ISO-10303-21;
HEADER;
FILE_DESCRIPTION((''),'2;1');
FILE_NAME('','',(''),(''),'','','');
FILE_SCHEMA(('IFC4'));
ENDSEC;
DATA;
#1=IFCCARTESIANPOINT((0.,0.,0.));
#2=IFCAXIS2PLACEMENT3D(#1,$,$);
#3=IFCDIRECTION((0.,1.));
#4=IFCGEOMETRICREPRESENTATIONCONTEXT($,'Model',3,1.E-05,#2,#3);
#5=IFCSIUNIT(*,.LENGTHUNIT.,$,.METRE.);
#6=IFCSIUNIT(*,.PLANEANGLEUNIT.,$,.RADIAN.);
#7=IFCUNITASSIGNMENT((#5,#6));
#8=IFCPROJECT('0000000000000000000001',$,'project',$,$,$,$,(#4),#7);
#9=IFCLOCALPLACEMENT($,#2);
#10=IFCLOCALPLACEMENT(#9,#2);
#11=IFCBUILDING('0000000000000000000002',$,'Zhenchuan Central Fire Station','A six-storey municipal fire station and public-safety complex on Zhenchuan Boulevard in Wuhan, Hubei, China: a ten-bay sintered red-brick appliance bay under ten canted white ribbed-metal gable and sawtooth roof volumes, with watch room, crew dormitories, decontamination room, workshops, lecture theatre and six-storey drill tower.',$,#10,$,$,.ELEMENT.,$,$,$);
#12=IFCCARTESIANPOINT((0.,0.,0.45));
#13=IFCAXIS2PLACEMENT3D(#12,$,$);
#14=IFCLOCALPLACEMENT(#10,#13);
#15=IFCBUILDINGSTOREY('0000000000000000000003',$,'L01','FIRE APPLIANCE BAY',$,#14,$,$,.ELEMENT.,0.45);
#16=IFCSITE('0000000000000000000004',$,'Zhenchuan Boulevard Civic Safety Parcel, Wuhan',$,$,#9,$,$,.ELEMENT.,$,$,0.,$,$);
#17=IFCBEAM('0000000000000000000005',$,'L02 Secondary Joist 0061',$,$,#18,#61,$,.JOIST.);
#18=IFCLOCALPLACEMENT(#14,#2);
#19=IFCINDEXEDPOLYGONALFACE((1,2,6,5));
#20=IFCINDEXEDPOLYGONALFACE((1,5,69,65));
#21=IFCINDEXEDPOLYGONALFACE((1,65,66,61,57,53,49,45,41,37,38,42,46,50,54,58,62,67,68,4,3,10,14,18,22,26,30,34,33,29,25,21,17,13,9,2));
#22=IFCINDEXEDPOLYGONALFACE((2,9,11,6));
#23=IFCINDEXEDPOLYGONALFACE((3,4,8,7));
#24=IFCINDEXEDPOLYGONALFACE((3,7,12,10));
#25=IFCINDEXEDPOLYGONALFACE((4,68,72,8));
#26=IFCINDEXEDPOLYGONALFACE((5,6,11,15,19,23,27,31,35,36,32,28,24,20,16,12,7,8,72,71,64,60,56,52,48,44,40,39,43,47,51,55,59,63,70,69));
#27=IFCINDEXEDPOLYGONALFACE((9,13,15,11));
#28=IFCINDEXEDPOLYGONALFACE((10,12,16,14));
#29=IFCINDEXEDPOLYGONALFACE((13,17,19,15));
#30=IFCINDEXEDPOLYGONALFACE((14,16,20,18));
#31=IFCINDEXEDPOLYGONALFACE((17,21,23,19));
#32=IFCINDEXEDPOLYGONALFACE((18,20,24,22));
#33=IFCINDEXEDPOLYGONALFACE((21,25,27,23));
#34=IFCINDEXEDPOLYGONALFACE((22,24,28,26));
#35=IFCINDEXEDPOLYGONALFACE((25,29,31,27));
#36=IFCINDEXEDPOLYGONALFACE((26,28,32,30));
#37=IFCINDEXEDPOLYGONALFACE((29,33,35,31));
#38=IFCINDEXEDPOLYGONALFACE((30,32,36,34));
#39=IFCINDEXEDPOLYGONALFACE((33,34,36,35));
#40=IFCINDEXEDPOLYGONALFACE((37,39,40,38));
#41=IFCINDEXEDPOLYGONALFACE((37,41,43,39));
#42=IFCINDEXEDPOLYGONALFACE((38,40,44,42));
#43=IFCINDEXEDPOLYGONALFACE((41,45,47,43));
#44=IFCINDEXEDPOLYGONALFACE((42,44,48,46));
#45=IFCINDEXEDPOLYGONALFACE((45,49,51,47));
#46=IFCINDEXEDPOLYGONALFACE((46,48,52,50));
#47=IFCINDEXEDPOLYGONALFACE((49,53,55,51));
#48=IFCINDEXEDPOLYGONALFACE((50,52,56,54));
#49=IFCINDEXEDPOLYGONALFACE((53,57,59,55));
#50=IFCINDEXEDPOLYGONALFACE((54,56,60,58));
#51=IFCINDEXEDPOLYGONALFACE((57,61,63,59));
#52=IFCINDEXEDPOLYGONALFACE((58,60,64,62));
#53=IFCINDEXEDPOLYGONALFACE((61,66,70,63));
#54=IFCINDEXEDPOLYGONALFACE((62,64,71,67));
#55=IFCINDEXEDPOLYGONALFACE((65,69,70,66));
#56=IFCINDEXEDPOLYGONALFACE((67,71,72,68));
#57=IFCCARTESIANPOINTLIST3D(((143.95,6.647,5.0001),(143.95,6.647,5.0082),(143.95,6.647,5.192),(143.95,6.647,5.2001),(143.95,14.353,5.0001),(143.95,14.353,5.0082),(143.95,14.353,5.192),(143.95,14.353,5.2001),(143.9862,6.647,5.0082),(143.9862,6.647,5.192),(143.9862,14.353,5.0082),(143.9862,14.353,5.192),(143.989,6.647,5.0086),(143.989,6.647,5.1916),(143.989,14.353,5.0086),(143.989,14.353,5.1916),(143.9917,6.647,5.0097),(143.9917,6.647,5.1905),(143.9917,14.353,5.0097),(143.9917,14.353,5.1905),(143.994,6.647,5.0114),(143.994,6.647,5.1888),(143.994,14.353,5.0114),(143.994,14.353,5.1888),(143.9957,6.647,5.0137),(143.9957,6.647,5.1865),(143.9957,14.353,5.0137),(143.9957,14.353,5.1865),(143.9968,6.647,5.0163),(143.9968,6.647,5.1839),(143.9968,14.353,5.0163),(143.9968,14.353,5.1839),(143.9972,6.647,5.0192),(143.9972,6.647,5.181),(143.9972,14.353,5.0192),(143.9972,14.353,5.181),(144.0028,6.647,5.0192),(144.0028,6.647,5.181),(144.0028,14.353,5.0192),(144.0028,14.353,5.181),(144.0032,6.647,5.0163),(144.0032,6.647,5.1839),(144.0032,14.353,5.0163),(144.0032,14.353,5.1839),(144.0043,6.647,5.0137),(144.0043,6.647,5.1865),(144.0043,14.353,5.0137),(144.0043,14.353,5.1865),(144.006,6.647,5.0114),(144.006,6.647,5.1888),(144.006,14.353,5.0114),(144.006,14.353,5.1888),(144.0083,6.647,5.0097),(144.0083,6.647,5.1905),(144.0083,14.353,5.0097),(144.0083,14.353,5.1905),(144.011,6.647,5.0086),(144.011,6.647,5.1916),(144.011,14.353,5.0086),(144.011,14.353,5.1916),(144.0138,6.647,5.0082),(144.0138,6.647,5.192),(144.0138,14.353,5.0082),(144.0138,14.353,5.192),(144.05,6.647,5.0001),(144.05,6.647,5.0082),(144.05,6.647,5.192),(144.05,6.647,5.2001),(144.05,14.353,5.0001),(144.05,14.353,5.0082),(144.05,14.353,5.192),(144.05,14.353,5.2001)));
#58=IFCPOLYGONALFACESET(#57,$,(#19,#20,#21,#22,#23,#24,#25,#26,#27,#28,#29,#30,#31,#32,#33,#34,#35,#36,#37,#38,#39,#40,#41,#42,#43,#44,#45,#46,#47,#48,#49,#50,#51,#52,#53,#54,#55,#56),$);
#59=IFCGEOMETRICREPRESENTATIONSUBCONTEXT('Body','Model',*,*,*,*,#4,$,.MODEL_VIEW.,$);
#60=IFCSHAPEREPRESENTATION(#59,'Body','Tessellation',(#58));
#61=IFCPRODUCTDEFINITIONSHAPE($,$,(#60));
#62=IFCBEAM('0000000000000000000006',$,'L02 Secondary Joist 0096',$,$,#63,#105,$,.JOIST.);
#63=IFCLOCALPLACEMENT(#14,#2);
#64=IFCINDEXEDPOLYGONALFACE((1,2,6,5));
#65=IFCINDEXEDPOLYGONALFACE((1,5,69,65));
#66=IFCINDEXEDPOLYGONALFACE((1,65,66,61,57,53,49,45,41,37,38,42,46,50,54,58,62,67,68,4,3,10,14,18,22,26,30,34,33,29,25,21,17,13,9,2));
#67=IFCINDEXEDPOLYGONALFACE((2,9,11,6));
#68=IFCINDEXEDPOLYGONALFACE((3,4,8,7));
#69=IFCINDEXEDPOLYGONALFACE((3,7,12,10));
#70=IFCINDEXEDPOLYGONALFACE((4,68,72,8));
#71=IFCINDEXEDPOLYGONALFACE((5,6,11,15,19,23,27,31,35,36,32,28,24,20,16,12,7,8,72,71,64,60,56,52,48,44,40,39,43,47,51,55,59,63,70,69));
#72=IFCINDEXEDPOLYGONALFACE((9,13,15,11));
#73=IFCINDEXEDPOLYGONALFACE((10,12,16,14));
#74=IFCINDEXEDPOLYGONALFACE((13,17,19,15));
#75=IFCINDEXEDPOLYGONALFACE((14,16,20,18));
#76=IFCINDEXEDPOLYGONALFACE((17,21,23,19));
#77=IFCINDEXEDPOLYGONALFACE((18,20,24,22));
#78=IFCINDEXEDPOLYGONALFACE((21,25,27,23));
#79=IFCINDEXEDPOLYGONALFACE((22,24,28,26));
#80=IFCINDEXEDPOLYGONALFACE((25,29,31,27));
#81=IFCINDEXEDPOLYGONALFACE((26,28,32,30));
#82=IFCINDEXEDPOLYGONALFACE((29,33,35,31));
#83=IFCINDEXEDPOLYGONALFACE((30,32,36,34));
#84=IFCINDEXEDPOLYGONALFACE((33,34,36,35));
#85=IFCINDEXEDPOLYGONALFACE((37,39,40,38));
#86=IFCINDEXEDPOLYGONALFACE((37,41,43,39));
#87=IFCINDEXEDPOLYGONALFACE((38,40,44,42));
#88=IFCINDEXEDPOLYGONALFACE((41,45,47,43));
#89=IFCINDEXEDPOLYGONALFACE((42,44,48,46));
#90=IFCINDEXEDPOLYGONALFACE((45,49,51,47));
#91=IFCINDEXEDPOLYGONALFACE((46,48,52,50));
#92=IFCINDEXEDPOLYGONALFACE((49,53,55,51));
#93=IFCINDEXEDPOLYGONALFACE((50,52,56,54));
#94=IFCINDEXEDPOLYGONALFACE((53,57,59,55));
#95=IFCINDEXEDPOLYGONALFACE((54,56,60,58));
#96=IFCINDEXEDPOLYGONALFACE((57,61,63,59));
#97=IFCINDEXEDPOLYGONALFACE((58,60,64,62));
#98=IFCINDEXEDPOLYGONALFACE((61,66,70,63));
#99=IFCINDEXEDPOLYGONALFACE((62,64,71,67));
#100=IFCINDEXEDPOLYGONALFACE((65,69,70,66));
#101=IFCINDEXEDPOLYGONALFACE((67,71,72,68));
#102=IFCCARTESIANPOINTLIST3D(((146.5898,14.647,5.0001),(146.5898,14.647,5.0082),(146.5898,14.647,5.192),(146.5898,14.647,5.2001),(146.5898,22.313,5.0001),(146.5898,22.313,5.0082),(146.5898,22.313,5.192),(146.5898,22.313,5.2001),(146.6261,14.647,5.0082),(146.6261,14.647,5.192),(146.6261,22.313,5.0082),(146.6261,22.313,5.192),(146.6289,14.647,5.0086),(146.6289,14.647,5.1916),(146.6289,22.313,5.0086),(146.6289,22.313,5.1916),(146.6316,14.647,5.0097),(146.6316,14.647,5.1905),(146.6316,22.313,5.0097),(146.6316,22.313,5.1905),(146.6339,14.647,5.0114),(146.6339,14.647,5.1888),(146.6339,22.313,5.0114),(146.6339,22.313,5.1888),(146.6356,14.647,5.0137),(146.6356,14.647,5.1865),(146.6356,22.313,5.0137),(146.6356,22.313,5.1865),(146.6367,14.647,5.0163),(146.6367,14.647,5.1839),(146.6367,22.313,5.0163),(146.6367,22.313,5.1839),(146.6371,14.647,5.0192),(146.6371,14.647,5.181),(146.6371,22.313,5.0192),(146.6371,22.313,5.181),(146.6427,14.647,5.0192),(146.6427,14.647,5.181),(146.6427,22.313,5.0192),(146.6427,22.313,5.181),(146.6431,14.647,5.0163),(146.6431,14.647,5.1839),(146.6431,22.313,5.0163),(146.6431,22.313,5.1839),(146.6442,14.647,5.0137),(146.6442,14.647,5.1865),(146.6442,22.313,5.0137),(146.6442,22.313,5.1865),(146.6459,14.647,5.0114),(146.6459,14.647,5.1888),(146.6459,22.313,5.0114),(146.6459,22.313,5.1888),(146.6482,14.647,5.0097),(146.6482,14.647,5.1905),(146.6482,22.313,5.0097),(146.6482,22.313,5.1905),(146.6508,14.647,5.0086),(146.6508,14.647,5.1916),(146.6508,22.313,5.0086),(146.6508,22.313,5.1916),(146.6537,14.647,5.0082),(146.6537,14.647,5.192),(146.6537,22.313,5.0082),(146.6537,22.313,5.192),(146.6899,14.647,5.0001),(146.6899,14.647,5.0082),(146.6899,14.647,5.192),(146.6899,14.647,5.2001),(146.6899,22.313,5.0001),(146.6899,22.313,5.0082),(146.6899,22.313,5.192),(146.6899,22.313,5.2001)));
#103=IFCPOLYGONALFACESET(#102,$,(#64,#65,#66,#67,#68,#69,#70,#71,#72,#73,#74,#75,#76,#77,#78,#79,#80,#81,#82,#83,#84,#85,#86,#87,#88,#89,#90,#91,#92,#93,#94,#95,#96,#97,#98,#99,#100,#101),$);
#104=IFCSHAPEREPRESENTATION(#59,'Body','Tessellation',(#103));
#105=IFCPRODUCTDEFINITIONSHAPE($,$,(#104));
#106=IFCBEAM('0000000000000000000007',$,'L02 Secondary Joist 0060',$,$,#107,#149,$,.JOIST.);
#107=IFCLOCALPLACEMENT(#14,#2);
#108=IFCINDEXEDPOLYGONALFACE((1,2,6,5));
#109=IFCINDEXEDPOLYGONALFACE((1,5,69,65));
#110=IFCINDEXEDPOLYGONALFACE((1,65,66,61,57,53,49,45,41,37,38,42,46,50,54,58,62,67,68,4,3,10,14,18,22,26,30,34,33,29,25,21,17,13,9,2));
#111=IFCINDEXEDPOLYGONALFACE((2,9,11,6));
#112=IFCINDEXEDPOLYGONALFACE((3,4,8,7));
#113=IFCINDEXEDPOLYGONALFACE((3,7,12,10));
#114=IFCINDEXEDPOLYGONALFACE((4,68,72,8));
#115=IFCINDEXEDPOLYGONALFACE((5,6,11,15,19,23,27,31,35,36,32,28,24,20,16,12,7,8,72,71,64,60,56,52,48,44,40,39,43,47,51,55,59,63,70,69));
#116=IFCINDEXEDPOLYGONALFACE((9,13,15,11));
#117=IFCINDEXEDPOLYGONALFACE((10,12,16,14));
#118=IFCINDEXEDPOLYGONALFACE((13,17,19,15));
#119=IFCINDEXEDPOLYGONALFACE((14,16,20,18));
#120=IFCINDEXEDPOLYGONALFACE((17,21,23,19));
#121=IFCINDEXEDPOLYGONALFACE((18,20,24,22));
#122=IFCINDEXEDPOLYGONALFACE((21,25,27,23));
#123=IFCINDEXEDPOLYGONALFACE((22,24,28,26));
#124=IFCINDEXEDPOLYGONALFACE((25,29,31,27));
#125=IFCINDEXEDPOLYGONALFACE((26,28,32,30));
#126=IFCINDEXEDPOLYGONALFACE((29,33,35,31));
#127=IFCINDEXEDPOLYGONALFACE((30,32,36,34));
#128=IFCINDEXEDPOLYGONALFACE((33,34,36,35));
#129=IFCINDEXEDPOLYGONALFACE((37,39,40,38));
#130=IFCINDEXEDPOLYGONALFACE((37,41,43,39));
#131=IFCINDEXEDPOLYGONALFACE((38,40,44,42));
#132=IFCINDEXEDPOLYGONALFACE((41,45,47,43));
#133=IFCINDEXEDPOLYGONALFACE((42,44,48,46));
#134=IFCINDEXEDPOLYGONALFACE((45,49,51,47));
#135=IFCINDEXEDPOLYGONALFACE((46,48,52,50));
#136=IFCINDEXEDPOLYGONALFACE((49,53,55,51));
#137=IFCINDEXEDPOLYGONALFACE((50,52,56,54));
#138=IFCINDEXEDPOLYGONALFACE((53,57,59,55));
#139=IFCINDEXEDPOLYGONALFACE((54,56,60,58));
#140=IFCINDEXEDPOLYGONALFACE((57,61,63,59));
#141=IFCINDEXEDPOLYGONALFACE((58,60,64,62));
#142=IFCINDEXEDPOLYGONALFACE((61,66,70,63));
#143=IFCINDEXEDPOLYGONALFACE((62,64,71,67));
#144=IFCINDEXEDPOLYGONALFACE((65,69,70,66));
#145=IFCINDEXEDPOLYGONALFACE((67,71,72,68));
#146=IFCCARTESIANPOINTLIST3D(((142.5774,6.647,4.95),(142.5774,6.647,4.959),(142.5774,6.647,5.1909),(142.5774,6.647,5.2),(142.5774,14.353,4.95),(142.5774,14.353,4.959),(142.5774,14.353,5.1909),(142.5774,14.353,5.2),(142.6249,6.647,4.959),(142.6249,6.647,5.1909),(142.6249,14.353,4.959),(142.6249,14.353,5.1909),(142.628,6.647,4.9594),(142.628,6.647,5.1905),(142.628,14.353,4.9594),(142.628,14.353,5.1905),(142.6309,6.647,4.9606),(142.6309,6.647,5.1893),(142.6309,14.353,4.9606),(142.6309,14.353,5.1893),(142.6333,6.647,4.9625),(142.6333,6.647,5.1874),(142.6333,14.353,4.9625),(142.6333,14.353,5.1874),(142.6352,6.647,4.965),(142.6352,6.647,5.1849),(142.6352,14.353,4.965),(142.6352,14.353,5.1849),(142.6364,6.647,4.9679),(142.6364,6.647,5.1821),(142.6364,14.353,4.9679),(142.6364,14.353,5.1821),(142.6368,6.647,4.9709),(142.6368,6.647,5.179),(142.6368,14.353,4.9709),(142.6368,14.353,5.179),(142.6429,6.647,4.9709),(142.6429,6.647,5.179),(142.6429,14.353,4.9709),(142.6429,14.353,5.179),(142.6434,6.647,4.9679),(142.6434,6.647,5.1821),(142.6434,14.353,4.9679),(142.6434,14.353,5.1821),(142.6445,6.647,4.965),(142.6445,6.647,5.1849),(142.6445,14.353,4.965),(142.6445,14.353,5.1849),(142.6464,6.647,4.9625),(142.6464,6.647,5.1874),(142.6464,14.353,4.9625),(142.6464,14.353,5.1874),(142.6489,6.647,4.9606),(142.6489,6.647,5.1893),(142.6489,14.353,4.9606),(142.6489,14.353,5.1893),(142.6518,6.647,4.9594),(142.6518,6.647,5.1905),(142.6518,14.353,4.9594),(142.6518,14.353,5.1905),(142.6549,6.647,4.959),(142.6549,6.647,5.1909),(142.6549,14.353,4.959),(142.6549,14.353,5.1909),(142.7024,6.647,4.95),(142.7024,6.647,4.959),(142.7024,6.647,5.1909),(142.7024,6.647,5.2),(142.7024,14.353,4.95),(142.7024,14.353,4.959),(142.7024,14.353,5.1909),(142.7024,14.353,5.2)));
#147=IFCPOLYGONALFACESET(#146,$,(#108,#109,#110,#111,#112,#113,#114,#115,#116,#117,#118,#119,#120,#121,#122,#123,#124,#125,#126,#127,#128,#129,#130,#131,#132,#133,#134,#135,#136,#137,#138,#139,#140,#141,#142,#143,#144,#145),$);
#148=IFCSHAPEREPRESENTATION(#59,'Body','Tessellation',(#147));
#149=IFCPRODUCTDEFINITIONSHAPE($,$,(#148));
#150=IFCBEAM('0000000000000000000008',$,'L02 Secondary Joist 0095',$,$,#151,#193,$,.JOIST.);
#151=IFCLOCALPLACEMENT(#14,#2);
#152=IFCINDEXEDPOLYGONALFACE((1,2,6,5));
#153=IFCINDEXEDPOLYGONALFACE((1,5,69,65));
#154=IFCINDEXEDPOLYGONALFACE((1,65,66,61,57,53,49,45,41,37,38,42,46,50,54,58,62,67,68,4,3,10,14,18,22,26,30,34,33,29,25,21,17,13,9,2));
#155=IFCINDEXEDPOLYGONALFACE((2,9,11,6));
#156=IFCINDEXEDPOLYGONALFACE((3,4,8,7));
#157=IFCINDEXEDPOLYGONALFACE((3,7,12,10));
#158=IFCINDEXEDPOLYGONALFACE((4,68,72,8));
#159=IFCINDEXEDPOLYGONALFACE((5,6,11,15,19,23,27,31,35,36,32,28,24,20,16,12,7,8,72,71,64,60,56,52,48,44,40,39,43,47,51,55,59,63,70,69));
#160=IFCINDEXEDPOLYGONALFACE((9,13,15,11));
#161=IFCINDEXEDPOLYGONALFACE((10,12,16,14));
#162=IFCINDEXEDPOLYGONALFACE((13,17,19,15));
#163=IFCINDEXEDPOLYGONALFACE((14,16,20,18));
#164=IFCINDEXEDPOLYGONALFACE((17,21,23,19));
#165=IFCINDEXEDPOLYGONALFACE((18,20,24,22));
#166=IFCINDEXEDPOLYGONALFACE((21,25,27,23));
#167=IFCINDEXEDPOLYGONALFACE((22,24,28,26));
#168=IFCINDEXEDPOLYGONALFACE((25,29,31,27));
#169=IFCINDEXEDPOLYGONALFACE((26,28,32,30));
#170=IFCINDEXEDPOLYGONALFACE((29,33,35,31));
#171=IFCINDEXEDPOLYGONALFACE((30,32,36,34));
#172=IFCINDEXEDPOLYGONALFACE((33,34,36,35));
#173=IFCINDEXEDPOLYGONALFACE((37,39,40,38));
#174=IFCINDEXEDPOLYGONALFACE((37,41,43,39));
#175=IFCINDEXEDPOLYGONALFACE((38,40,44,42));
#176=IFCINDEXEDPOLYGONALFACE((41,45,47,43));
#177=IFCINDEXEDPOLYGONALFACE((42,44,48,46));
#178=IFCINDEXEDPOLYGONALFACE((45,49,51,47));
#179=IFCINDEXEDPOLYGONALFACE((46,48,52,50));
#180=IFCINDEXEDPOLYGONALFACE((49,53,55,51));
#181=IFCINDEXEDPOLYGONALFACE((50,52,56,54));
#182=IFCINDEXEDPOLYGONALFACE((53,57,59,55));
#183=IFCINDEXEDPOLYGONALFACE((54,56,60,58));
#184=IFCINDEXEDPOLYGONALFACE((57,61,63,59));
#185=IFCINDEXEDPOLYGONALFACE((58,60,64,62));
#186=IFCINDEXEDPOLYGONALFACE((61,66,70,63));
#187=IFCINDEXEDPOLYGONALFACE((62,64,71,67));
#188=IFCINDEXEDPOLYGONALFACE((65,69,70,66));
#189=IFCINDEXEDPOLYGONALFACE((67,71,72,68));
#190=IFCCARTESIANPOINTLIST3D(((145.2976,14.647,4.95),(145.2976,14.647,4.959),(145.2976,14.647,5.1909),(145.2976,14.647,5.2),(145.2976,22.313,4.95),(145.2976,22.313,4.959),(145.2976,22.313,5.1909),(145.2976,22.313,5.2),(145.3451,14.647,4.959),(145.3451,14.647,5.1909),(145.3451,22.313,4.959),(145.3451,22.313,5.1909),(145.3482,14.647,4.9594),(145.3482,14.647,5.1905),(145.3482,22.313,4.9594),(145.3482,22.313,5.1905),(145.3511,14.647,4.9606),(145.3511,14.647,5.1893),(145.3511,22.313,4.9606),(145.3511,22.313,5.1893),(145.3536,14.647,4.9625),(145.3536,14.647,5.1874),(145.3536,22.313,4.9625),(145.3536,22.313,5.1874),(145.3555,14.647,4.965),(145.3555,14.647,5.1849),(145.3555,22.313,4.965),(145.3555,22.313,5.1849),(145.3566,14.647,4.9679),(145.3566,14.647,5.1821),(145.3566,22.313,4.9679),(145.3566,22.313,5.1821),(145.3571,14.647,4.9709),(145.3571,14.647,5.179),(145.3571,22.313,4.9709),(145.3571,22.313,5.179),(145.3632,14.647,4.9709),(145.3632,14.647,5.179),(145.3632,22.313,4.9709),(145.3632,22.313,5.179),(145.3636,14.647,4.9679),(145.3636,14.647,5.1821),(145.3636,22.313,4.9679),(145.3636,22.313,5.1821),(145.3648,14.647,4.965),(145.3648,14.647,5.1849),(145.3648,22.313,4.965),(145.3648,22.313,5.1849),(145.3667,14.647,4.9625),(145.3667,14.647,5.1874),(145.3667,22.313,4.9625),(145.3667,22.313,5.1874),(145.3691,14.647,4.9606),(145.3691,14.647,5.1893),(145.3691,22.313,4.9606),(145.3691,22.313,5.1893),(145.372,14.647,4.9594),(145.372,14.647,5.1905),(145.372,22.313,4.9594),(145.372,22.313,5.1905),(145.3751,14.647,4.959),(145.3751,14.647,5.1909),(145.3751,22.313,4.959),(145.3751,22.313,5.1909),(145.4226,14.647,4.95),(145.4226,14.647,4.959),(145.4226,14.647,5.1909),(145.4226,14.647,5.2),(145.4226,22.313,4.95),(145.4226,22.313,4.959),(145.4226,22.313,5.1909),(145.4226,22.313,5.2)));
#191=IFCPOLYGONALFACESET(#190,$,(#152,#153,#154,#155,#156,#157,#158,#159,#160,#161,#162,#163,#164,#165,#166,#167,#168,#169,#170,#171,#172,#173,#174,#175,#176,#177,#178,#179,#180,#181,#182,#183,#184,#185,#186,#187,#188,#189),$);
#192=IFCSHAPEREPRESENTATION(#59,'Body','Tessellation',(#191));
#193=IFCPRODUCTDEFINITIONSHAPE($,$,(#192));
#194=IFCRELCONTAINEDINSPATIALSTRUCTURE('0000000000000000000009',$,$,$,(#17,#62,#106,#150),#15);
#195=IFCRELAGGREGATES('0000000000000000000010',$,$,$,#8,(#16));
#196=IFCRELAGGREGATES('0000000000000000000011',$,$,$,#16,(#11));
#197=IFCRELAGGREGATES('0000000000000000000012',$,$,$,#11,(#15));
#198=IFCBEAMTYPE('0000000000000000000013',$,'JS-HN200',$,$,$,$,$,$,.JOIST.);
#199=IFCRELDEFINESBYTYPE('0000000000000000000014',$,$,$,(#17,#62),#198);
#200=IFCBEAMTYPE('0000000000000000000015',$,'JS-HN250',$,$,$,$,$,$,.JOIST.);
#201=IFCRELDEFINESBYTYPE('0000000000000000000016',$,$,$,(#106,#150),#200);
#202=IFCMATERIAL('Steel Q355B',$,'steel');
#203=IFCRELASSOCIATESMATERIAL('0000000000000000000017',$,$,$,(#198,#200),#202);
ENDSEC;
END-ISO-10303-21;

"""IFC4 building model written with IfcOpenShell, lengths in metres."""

from ifc_helpers import new_model, si_unit, direction, frame, origin, origin_2d, place, context, subcontext, project, spatial, i_section, extrude, material, material_profile, profile_set, type_object, element, save


model = new_model("IFC4")

# Units and contexts
model_context = context("Model", 3, precision=1e-05, world=origin(), true_north=direction((0.0, 1.0)))
body_context = subcontext(model_context, "Body", "Model", "MODEL_VIEW")
ifc_project = project(units=[si_unit("LENGTHUNIT", "METRE"), si_unit("PLANEANGLEUNIT", "RADIAN")], contexts=[model_context])

# Site, building, storey
site_placement = place(None, origin())
site = spatial("IfcSite", under=ifc_project, at=site_placement, Name="Zhenchuan Boulevard Civic Safety Parcel, Wuhan", CompositionType="ELEMENT", RefElevation=0.0)
building_placement = place(site_placement, origin())
building = spatial("IfcBuilding", under=site, at=building_placement, Name="Zhenchuan Central Fire Station", Description="A six-storey municipal fire station and public-safety complex on Zhenchuan Boulevard in Wuhan, Hubei, China: a ten-bay sintered red-brick appliance bay under ten canted white ribbed-metal gable and sawtooth roof volumes, with watch room, crew dormitories, decontamination room, workshops, lecture theatre and six-storey drill tower.", CompositionType="ELEMENT")
storey_placement = place(building_placement, frame((0.0, 0.0, 0.45)))
storey = spatial("IfcBuildingStorey", under=building, at=storey_placement, Name="L01", Description="FIRE APPLIANCE BAY", CompositionType="ELEMENT", Elevation=0.45)

# Shared definitions
ifc_material_1 = material(Name="Steel Q355B", Category="steel")

# Beams
ifc_material_profile_1 = material_profile(ifc_material_1, i_section(OverallWidth=0.1001, OverallDepth=0.2, WebThickness=0.0056, FlangeThickness=0.0081, FilletRadius=0.011, at=origin_2d()), Name="HN 200x100")
ifc_profile_set_1 = profile_set([ifc_material_profile_1], Name="Steel Q355B")
beam_type_1 = type_object("IfcBeamType", Name="JS-HN200", PredefinedType="JOIST", material=ifc_profile_set_1)
beam_1_placement = place(storey_placement, frame((144.0, 6.647, 5.1001), z_axis=(0.0, 1.0, 0.0), x_axis=(-1.0, 0.0, 0.0)))
element("IfcBeam", 1, at=beam_1_placement, inside=storey, type_object=beam_type_1, Name="L02 Secondary Joist 0061", PredefinedType="JOIST", context=body_context, shape_type="SweptSolid", body=[
    extrude(i_section(OverallWidth=0.1001, OverallDepth=0.2, WebThickness=0.0056, FlangeThickness=0.0081, FilletRadius=0.011, at=origin_2d()), origin(), (0.0, 0.0, 1.0), 7.7061),
])
beam_2_placement = place(storey_placement, frame((146.6399, 14.647, 5.1001), z_axis=(0.0, 1.0, 0.0), x_axis=(-1.0, 0.0, 0.0)))
element("IfcBeam", 2, at=beam_2_placement, inside=storey, type_object=beam_type_1, Name="L02 Secondary Joist 0096", PredefinedType="JOIST", context=body_context, shape_type="SweptSolid", body=[
    extrude(i_section(OverallWidth=0.1001, OverallDepth=0.2, WebThickness=0.0056, FlangeThickness=0.0081, FilletRadius=0.011, at=origin_2d()), origin(), (0.0, 0.0, 1.0), 7.666),
])
ifc_material_profile_2 = material_profile(ifc_material_1, i_section(OverallWidth=0.125, OverallDepth=0.25, WebThickness=0.0061, FlangeThickness=0.009, FilletRadius=0.012, at=origin_2d()), Name="HN 250x125")
ifc_profile_set_2 = profile_set([ifc_material_profile_2], Name="Steel Q355B")
beam_type_2 = type_object("IfcBeamType", Name="JS-HN250", PredefinedType="JOIST", material=ifc_profile_set_2)
beam_3_placement = place(storey_placement, frame((142.6399, 6.647, 5.075), z_axis=(0.0, 1.0, 0.0), x_axis=(-1.0, 0.0, 0.0)))
element("IfcBeam", 3, at=beam_3_placement, inside=storey, type_object=beam_type_2, Name="L02 Secondary Joist 0060", PredefinedType="JOIST", context=body_context, shape_type="SweptSolid", body=[
    extrude(i_section(OverallWidth=0.125, OverallDepth=0.25, WebThickness=0.0061, FlangeThickness=0.009, FilletRadius=0.012, at=origin_2d()), origin(), (0.0, 0.0, 1.0), 7.7061),
])
beam_4_placement = place(storey_placement, frame((145.3601, 14.647, 5.075), z_axis=(0.0, 1.0, 0.0), x_axis=(-1.0, 0.0, 0.0)))
element("IfcBeam", 4, at=beam_4_placement, inside=storey, type_object=beam_type_2, Name="L02 Secondary Joist 0095", PredefinedType="JOIST", context=body_context, shape_type="SweptSolid", body=[
    extrude(i_section(OverallWidth=0.125, OverallDepth=0.25, WebThickness=0.0061, FlangeThickness=0.009, FilletRadius=0.012, at=origin_2d()), origin(), (0.0, 0.0, 1.0), 7.666),
])

save(model, "model.ifc")
